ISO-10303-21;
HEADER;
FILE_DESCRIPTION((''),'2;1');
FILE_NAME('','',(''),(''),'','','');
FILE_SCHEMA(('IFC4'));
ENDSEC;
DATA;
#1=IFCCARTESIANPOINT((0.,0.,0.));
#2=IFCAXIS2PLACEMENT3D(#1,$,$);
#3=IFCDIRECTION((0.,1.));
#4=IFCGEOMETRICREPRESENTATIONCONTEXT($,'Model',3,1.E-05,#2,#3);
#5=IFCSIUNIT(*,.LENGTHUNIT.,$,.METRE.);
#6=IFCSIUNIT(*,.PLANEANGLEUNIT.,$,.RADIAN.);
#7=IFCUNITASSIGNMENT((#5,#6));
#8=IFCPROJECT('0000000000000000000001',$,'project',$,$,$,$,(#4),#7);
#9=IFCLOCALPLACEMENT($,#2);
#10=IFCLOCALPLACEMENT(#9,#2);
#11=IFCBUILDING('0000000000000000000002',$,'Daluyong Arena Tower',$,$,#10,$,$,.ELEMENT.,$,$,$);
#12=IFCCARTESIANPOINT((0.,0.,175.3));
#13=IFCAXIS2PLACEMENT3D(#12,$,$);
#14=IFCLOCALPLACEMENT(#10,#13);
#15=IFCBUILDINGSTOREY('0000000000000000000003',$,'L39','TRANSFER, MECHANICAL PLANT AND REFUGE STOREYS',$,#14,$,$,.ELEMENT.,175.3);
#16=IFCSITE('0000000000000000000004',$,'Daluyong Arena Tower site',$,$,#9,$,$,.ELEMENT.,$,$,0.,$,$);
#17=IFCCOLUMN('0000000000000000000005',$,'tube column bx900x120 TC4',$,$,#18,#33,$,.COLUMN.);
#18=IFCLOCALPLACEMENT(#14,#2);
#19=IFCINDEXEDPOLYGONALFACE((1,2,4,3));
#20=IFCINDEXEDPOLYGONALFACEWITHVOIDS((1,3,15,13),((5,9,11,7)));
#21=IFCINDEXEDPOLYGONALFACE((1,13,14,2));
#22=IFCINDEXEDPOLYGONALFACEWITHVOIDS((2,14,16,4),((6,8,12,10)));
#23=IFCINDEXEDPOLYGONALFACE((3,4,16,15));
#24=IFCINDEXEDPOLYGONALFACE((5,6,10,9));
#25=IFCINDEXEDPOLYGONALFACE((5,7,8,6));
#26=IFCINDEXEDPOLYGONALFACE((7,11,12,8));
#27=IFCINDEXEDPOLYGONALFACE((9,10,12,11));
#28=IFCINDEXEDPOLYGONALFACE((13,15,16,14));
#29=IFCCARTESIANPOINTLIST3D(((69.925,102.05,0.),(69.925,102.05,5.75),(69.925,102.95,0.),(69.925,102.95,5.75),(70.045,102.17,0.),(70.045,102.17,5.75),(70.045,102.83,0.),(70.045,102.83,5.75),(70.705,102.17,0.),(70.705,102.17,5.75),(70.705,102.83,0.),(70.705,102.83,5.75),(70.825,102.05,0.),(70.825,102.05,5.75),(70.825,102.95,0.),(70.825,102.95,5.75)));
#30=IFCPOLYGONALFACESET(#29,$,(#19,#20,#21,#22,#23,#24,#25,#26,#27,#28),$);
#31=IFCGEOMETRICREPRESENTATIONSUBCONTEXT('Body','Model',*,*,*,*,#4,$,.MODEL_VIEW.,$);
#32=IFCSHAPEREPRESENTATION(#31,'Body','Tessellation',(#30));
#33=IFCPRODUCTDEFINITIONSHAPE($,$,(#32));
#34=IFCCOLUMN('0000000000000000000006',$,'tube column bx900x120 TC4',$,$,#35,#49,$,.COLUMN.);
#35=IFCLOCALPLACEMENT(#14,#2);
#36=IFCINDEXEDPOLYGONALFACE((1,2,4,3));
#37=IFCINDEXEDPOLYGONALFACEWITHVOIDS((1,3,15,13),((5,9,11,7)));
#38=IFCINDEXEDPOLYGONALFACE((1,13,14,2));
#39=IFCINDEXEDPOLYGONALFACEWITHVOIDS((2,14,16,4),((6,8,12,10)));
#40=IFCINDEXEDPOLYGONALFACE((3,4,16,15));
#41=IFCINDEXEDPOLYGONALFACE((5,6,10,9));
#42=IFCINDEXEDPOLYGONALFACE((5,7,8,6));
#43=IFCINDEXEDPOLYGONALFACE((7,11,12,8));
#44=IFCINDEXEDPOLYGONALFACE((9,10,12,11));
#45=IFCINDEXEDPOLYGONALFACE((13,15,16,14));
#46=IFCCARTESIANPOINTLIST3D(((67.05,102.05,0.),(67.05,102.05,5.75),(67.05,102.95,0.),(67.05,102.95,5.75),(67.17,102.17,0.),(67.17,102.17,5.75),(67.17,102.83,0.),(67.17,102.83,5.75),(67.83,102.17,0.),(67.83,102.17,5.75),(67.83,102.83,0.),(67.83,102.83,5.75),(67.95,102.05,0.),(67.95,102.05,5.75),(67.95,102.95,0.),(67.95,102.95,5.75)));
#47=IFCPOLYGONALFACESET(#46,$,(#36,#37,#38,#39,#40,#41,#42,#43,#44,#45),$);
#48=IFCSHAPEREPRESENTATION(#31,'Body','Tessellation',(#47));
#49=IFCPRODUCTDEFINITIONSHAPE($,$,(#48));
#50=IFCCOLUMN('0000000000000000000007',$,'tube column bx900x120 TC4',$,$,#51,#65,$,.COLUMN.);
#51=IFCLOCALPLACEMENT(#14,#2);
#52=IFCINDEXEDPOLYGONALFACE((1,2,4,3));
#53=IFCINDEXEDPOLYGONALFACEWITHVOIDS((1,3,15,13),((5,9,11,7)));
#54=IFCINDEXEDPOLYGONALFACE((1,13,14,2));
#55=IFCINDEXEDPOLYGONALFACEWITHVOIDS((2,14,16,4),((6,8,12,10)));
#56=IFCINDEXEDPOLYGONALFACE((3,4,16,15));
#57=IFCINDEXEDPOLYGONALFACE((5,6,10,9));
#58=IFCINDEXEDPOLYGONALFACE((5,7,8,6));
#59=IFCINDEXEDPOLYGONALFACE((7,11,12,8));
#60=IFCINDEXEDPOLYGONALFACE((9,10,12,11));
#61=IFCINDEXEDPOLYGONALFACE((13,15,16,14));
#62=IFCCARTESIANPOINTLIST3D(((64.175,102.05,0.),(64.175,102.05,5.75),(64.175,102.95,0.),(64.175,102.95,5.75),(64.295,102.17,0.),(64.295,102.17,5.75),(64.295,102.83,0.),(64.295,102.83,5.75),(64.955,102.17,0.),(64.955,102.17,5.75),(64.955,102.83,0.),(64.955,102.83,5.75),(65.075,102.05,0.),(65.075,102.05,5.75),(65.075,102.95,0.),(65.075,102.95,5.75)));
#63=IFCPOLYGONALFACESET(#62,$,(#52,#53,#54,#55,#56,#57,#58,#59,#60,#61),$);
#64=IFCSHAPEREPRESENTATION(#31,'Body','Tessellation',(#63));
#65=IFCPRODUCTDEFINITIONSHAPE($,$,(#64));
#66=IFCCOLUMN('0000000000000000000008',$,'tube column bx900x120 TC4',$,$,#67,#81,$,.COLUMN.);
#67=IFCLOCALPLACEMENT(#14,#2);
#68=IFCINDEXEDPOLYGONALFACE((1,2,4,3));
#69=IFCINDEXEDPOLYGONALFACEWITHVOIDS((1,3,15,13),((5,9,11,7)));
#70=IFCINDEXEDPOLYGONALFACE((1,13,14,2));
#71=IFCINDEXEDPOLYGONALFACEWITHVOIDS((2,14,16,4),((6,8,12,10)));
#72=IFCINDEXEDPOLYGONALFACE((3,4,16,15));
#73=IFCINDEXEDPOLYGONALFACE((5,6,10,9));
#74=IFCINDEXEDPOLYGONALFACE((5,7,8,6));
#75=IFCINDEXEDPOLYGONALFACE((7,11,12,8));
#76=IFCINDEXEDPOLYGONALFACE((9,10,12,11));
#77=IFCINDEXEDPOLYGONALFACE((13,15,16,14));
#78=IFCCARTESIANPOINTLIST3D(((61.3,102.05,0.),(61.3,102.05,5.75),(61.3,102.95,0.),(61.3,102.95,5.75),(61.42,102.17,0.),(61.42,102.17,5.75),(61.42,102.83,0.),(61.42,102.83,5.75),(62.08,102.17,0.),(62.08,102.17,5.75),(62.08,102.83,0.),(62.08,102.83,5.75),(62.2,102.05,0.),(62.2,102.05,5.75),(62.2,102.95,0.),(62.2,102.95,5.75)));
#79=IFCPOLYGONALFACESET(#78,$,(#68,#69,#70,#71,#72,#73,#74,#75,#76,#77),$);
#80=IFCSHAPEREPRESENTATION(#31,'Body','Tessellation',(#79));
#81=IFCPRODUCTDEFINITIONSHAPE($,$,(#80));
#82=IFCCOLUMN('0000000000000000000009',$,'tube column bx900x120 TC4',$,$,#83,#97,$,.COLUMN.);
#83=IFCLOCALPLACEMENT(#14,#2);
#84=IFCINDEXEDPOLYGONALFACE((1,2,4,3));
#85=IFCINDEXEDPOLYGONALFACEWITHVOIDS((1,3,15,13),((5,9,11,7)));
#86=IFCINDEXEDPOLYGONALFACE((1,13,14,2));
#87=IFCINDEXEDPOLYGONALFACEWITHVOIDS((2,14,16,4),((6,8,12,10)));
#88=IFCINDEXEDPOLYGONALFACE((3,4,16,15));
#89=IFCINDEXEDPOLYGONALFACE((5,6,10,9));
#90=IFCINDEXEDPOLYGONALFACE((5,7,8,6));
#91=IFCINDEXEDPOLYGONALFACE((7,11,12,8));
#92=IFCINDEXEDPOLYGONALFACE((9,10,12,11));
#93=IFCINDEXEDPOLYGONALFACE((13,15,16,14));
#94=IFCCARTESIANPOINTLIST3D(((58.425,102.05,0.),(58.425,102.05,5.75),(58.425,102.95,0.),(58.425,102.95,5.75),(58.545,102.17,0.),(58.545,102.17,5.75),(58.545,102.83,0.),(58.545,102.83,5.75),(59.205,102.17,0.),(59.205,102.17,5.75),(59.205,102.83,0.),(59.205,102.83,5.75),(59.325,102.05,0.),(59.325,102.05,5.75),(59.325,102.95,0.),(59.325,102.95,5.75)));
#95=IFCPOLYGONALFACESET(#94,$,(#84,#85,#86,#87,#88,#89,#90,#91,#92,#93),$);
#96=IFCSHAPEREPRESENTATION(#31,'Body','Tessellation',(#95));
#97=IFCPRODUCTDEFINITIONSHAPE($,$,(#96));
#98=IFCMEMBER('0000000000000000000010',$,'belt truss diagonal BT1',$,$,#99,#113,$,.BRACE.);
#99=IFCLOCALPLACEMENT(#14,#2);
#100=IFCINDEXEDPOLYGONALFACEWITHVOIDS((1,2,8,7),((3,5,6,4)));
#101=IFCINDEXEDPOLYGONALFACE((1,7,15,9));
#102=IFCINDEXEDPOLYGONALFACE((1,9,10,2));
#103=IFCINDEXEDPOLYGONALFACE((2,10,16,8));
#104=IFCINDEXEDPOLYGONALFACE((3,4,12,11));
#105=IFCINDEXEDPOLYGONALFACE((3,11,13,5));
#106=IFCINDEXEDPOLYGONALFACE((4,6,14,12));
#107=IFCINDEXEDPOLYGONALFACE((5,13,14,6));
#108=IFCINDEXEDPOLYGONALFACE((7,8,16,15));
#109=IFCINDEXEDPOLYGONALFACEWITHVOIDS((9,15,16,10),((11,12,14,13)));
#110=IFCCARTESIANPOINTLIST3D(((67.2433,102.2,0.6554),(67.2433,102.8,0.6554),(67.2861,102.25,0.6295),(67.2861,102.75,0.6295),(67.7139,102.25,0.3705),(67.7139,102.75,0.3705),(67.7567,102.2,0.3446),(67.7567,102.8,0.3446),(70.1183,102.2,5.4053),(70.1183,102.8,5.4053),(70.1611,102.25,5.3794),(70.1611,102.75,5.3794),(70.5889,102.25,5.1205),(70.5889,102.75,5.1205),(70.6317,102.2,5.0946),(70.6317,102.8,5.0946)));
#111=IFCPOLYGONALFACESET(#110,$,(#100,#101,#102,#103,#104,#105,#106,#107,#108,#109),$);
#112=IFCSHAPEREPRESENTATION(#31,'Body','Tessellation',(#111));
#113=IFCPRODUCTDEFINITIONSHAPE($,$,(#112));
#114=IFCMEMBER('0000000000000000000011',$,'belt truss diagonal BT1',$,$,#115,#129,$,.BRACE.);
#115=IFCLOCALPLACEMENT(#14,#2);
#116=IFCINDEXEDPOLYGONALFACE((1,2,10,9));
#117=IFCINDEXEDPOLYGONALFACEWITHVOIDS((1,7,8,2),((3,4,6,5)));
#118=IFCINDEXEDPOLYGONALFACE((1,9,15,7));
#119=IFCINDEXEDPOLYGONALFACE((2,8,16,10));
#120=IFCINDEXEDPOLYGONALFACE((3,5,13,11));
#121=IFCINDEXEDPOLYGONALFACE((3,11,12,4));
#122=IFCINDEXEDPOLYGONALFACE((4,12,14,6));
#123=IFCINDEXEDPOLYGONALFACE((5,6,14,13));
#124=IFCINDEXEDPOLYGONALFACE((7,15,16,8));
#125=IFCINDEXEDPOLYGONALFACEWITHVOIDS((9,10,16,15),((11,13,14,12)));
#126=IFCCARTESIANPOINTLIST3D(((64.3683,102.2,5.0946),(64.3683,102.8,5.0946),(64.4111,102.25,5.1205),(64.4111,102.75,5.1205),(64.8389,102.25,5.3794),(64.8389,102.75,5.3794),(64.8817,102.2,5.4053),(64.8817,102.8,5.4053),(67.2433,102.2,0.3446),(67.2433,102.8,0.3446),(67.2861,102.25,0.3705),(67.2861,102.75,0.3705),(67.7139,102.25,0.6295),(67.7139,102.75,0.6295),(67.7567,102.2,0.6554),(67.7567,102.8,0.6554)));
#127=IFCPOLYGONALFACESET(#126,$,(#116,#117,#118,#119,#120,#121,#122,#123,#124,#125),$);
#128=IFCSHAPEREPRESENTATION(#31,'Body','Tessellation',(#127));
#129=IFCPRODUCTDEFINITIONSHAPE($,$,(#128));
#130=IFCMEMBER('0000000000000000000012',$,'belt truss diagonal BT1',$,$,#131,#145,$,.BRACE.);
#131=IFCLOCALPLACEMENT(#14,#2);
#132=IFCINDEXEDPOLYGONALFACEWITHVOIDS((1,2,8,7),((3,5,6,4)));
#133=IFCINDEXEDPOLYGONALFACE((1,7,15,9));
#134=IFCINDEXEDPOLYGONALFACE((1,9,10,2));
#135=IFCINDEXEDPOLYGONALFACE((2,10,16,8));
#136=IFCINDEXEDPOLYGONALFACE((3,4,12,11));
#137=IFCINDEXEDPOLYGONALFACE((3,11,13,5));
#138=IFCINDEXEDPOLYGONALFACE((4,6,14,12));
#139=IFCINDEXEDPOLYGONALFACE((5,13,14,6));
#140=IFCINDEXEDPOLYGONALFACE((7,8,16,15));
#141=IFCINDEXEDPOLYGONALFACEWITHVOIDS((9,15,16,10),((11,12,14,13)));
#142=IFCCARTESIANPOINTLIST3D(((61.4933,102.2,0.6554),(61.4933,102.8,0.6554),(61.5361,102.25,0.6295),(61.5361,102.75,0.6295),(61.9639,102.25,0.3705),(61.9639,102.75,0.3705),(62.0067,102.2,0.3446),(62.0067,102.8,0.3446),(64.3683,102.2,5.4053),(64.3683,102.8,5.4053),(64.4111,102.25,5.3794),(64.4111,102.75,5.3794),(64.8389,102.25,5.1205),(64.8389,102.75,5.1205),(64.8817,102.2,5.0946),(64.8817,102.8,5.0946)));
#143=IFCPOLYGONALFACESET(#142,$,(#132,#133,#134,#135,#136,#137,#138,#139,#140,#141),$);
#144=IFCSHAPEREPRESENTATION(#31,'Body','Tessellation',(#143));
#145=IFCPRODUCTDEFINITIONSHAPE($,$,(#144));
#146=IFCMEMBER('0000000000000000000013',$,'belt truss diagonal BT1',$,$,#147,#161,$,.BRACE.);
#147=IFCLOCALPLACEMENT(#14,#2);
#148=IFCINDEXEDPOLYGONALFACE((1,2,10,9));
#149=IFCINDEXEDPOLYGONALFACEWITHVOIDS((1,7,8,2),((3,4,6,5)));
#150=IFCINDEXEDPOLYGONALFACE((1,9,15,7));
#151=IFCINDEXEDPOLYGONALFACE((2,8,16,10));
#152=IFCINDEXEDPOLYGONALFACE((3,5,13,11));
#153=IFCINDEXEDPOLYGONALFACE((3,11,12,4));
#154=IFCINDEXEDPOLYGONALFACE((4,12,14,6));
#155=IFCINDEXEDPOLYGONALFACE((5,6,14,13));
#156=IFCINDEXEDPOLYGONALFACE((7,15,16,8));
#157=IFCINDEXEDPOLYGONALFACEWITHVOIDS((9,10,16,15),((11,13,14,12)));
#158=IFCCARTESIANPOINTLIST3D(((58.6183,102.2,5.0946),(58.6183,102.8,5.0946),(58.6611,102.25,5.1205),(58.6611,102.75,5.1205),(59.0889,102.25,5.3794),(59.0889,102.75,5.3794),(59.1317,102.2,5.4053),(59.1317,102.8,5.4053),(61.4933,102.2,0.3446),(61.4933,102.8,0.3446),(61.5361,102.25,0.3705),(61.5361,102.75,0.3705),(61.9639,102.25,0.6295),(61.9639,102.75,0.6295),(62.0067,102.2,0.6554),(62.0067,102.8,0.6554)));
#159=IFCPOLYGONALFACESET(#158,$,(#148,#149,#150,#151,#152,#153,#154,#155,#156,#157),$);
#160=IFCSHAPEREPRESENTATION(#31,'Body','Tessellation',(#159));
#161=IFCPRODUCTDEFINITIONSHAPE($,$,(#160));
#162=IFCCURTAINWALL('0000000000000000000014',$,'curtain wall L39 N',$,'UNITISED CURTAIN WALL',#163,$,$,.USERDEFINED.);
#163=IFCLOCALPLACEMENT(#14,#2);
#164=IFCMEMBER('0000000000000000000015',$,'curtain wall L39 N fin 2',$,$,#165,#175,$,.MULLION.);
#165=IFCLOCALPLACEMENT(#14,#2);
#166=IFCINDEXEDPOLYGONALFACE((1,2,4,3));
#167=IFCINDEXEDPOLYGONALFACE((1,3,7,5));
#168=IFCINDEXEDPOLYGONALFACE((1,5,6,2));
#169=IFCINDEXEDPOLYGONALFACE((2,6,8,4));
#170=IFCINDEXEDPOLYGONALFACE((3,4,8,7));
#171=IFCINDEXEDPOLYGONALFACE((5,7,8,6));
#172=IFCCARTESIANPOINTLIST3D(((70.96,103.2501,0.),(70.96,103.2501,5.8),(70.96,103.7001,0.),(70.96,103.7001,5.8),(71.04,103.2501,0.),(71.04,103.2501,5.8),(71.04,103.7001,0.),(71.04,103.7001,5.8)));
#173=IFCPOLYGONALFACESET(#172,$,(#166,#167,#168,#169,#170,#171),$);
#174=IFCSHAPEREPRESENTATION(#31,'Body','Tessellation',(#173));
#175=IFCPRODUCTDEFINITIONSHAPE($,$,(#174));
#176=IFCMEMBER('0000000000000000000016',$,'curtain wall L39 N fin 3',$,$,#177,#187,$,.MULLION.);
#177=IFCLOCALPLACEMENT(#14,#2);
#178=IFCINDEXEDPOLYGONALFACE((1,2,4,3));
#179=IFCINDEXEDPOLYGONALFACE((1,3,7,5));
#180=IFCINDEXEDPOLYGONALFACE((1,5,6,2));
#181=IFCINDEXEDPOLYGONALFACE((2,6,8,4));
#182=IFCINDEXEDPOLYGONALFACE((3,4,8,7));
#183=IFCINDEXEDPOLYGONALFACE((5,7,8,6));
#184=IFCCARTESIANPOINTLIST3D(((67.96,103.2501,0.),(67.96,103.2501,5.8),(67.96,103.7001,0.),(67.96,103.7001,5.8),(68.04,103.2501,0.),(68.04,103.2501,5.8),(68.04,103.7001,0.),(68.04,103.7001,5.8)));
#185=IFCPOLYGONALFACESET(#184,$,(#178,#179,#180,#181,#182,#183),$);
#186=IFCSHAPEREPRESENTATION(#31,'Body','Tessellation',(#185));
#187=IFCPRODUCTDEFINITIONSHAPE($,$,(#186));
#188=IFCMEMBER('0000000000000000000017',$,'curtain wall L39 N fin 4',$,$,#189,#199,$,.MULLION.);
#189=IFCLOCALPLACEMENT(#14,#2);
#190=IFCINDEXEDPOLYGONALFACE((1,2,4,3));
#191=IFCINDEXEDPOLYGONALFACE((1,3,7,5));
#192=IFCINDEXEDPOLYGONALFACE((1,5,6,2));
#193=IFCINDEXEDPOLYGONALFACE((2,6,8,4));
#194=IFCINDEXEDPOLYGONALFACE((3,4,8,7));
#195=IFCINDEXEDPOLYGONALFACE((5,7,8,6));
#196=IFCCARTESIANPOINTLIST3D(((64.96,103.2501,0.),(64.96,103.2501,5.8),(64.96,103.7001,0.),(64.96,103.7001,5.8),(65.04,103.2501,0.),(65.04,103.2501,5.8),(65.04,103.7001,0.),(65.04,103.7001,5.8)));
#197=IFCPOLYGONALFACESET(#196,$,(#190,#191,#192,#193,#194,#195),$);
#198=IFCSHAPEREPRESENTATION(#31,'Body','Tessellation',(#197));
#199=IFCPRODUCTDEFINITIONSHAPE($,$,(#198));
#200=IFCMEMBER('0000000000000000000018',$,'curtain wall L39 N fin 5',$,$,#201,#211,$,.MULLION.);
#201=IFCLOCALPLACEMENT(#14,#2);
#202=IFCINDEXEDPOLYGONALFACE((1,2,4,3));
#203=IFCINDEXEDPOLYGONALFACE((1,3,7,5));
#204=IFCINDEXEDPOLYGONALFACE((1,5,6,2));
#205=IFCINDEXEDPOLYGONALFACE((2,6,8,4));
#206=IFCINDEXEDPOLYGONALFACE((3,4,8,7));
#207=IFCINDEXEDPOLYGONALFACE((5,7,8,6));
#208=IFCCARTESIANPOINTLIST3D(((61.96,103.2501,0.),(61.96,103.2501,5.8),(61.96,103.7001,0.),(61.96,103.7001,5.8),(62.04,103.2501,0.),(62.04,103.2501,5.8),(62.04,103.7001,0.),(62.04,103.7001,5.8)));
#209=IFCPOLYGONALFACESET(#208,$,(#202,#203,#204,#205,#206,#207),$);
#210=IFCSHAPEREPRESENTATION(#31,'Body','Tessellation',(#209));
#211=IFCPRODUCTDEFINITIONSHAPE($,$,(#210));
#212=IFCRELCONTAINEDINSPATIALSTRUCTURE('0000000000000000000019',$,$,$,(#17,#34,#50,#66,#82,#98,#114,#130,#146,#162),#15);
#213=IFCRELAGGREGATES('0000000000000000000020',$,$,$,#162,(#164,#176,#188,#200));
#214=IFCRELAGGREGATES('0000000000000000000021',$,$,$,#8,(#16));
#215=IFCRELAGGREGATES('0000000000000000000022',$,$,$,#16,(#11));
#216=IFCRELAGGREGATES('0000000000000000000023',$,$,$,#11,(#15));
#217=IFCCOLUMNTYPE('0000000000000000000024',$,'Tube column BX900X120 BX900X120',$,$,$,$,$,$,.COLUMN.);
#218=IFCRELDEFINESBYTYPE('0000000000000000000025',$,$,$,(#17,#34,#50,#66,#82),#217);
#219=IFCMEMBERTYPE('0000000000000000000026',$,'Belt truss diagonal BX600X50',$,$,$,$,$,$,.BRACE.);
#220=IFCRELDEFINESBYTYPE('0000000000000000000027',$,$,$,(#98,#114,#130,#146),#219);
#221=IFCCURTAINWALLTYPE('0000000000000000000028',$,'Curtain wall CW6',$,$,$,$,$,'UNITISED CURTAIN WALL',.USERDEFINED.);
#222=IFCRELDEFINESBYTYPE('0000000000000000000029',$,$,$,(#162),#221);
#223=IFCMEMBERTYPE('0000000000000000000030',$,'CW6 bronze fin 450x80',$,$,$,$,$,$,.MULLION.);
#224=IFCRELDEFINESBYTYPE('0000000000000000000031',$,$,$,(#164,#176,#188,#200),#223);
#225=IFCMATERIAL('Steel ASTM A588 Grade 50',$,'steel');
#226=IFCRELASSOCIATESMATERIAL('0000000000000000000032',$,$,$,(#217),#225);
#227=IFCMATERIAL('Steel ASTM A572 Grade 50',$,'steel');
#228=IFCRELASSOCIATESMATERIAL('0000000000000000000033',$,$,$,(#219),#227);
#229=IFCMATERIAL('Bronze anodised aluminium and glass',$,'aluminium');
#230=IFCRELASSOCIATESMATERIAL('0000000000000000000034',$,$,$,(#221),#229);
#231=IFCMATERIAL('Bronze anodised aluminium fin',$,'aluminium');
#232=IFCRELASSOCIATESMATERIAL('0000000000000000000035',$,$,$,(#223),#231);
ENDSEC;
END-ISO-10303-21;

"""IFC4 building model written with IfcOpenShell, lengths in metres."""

from ifc_helpers import new_model, si_unit, direction, frame, origin, origin_2d, place, context, subcontext, project, spatial, rectangle, hollow_rectangle, extrude, material, material_profile, profile_set, type_object, element, aggregate, save


model = new_model("IFC4")

# Units and contexts
model_context = context("Model", 3, precision=1e-05, world=origin(), true_north=direction((0.0, 1.0)))
body_context = subcontext(model_context, "Body", "Model", "MODEL_VIEW")
ifc_project = project(units=[si_unit("LENGTHUNIT", "METRE"), si_unit("PLANEANGLEUNIT", "RADIAN")], contexts=[model_context])

# Site, building, storey
site_placement = place(None, origin())
site = spatial("IfcSite", under=ifc_project, at=site_placement, Name="Daluyong Arena Tower site", CompositionType="ELEMENT", RefElevation=0.0)
building_placement = place(site_placement, origin())
building = spatial("IfcBuilding", under=site, at=building_placement, Name="Daluyong Arena Tower", CompositionType="ELEMENT")
storey_placement = place(building_placement, frame((0.0, 0.0, 175.3)))
storey = spatial("IfcBuildingStorey", under=building, at=storey_placement, Name="L39", Description="TRANSFER, MECHANICAL PLANT AND REFUGE STOREYS", CompositionType="ELEMENT", Elevation=175.3)

# Columns
ifc_material_1 = material(Name="Steel ASTM A588 Grade 50", Category="steel")
ifc_material_profile_1 = material_profile(ifc_material_1, hollow_rectangle(XDim=0.8999, YDim=0.8999, WallThickness=0.12, at=origin_2d()))
ifc_profile_set_1 = profile_set([ifc_material_profile_1], Name="Steel ASTM A588 Grade 50")
column_type = type_object("IfcColumnType", Name="Tube column BX900X120 BX900X120", PredefinedType="COLUMN", material=ifc_profile_set_1)
for number, where, z_axis, x_axis, name in (
    (1, (70.375, 102.5, 0.0), (0.0, 0.0, 1.0), (1.0, 0.0, 0.0), "tube column bx900x120 TC4"),
    (2, (67.5, 102.5, 0.0), (0.0, 0.0, 1.0), (1.0, 0.0, 0.0), "tube column bx900x120 TC4"),
    (3, (64.625, 102.5, 0.0), (0.0, 0.0, 1.0), (1.0, 0.0, 0.0), "tube column bx900x120 TC4"),
    (4, (61.75, 102.5, 0.0), (0.0, 0.0, 1.0), (1.0, 0.0, 0.0), "tube column bx900x120 TC4"),
    (5, (58.875, 102.5, 0.0), (0.0, 0.0, 1.0), (1.0, 0.0, 0.0), "tube column bx900x120 TC4"),
):
    element("IfcColumn", number, at=place(storey_placement, frame(where, z_axis=z_axis, x_axis=x_axis)), inside=storey, type_object=column_type, Name=name, PredefinedType="COLUMN", context=body_context, shape_type="SweptSolid", body=[
        extrude(hollow_rectangle(XDim=0.8999, YDim=0.8999, WallThickness=0.12, at=origin_2d()), origin(), (0.0, 0.0, 1.0), 5.75),
    ])

# Members
ifc_material_2 = material(Name="Steel ASTM A572 Grade 50", Category="steel")
ifc_material_profile_2 = material_profile(ifc_material_2, hollow_rectangle(XDim=0.6001, YDim=0.6001, WallThickness=0.05, at=origin_2d()))
ifc_profile_set_2 = profile_set([ifc_material_profile_2], Name="Steel ASTM A572 Grade 50")
member_type_1 = type_object("IfcMemberType", Name="Belt truss diagonal BX600X50", PredefinedType="BRACE", material=ifc_profile_set_2)
for number, where, z_axis, x_axis, name in (
    (6, (67.5, 102.5, 0.5), (0.517803, 0.0, 0.8555), (0.0, 1.0, 0.0), "belt truss diagonal BT1"),
    (7, (67.5, 102.5, 0.5), (-0.517803, 0.0, 0.8555), (0.0, -1.0, 0.0), "belt truss diagonal BT1"),
    (8, (61.75, 102.5, 0.5), (0.517803, 0.0, 0.8555), (0.0, 1.0, 0.0), "belt truss diagonal BT1"),
    (9, (61.75, 102.5, 0.5), (-0.517803, 0.0, 0.8555), (0.0, -1.0, 0.0), "belt truss diagonal BT1"),
):
    element("IfcMember", number, at=place(storey_placement, frame(where, z_axis=z_axis, x_axis=x_axis)), inside=storey, type_object=member_type_1, Name=name, PredefinedType="BRACE", context=body_context, shape_type="SweptSolid", body=[
        extrude(hollow_rectangle(XDim=0.6001, YDim=0.6001, WallThickness=0.05, at=origin_2d()), origin(), (0.0, 0.0, 1.0), 5.5522),
    ])

# Curtain wall, members
ifc_material_3 = material(Name="Bronze anodised aluminium and glass", Category="aluminium")
curtain_wall_type = type_object("IfcCurtainWallType", Name="Curtain wall CW6", ElementType="UNITISED CURTAIN WALL", PredefinedType="USERDEFINED", material=ifc_material_3)
curtain_wall_placement = place(storey_placement, origin())
curtain_wall = element("IfcCurtainWall", 10, at=curtain_wall_placement, inside=storey, type_object=curtain_wall_type, Name="curtain wall L39 N", ObjectType="UNITISED CURTAIN WALL", PredefinedType="USERDEFINED")
ifc_material_4 = material(Name="Bronze anodised aluminium fin", Category="aluminium")
ifc_material_profile_3 = material_profile(ifc_material_4, rectangle(XDim=0.45, YDim=0.0801, at=origin_2d()))
ifc_profile_set_3 = profile_set([ifc_material_profile_3], Name="Bronze anodised aluminium fin")
member_type_2 = type_object("IfcMemberType", Name="CW6 bronze fin 450x80", PredefinedType="MULLION", material=ifc_profile_set_3)
member_1_placement = place(storey_placement, frame((71.0, 103.4751, 0.0), z_axis=(0.0, 0.0, 1.0), x_axis=(0.0, -1.0, 0.0)))
member_1 = element("IfcMember", 11, at=member_1_placement, type_object=member_type_2, Name="curtain wall L39 N fin 2", PredefinedType="MULLION", context=body_context, shape_type="SweptSolid", body=[
    extrude(rectangle(XDim=0.45, YDim=0.0801, at=origin_2d()), origin(), (0.0, 0.0, 1.0), 5.8),
])
member_2_placement = place(storey_placement, frame((68.0, 103.4751, 0.0), z_axis=(0.0, 0.0, 1.0), x_axis=(0.0, -1.0, 0.0)))
member_2 = element("IfcMember", 12, at=member_2_placement, type_object=member_type_2, Name="curtain wall L39 N fin 3", PredefinedType="MULLION", context=body_context, shape_type="SweptSolid", body=[
    extrude(rectangle(XDim=0.45, YDim=0.0801, at=origin_2d()), origin(), (0.0, 0.0, 1.0), 5.8),
])
member_3_placement = place(storey_placement, frame((65.0, 103.4751, 0.0), z_axis=(0.0, 0.0, 1.0), x_axis=(0.0, -1.0, 0.0)))
member_3 = element("IfcMember", 13, at=member_3_placement, type_object=member_type_2, Name="curtain wall L39 N fin 4", PredefinedType="MULLION", context=body_context, shape_type="SweptSolid", body=[
    extrude(rectangle(XDim=0.45, YDim=0.0801, at=origin_2d()), origin(), (0.0, 0.0, 1.0), 5.8),
])
member_4_placement = place(storey_placement, frame((62.0, 103.4751, 0.0), z_axis=(0.0, 0.0, 1.0), x_axis=(0.0, -1.0, 0.0)))
member_4 = element("IfcMember", 14, at=member_4_placement, type_object=member_type_2, Name="curtain wall L39 N fin 5", PredefinedType="MULLION", context=body_context, shape_type="SweptSolid", body=[
    extrude(rectangle(XDim=0.45, YDim=0.0801, at=origin_2d()), origin(), (0.0, 0.0, 1.0), 5.8),
])

aggregate(curtain_wall, [member_1, member_2, member_3, member_4])

save(model, "model.ifc")
